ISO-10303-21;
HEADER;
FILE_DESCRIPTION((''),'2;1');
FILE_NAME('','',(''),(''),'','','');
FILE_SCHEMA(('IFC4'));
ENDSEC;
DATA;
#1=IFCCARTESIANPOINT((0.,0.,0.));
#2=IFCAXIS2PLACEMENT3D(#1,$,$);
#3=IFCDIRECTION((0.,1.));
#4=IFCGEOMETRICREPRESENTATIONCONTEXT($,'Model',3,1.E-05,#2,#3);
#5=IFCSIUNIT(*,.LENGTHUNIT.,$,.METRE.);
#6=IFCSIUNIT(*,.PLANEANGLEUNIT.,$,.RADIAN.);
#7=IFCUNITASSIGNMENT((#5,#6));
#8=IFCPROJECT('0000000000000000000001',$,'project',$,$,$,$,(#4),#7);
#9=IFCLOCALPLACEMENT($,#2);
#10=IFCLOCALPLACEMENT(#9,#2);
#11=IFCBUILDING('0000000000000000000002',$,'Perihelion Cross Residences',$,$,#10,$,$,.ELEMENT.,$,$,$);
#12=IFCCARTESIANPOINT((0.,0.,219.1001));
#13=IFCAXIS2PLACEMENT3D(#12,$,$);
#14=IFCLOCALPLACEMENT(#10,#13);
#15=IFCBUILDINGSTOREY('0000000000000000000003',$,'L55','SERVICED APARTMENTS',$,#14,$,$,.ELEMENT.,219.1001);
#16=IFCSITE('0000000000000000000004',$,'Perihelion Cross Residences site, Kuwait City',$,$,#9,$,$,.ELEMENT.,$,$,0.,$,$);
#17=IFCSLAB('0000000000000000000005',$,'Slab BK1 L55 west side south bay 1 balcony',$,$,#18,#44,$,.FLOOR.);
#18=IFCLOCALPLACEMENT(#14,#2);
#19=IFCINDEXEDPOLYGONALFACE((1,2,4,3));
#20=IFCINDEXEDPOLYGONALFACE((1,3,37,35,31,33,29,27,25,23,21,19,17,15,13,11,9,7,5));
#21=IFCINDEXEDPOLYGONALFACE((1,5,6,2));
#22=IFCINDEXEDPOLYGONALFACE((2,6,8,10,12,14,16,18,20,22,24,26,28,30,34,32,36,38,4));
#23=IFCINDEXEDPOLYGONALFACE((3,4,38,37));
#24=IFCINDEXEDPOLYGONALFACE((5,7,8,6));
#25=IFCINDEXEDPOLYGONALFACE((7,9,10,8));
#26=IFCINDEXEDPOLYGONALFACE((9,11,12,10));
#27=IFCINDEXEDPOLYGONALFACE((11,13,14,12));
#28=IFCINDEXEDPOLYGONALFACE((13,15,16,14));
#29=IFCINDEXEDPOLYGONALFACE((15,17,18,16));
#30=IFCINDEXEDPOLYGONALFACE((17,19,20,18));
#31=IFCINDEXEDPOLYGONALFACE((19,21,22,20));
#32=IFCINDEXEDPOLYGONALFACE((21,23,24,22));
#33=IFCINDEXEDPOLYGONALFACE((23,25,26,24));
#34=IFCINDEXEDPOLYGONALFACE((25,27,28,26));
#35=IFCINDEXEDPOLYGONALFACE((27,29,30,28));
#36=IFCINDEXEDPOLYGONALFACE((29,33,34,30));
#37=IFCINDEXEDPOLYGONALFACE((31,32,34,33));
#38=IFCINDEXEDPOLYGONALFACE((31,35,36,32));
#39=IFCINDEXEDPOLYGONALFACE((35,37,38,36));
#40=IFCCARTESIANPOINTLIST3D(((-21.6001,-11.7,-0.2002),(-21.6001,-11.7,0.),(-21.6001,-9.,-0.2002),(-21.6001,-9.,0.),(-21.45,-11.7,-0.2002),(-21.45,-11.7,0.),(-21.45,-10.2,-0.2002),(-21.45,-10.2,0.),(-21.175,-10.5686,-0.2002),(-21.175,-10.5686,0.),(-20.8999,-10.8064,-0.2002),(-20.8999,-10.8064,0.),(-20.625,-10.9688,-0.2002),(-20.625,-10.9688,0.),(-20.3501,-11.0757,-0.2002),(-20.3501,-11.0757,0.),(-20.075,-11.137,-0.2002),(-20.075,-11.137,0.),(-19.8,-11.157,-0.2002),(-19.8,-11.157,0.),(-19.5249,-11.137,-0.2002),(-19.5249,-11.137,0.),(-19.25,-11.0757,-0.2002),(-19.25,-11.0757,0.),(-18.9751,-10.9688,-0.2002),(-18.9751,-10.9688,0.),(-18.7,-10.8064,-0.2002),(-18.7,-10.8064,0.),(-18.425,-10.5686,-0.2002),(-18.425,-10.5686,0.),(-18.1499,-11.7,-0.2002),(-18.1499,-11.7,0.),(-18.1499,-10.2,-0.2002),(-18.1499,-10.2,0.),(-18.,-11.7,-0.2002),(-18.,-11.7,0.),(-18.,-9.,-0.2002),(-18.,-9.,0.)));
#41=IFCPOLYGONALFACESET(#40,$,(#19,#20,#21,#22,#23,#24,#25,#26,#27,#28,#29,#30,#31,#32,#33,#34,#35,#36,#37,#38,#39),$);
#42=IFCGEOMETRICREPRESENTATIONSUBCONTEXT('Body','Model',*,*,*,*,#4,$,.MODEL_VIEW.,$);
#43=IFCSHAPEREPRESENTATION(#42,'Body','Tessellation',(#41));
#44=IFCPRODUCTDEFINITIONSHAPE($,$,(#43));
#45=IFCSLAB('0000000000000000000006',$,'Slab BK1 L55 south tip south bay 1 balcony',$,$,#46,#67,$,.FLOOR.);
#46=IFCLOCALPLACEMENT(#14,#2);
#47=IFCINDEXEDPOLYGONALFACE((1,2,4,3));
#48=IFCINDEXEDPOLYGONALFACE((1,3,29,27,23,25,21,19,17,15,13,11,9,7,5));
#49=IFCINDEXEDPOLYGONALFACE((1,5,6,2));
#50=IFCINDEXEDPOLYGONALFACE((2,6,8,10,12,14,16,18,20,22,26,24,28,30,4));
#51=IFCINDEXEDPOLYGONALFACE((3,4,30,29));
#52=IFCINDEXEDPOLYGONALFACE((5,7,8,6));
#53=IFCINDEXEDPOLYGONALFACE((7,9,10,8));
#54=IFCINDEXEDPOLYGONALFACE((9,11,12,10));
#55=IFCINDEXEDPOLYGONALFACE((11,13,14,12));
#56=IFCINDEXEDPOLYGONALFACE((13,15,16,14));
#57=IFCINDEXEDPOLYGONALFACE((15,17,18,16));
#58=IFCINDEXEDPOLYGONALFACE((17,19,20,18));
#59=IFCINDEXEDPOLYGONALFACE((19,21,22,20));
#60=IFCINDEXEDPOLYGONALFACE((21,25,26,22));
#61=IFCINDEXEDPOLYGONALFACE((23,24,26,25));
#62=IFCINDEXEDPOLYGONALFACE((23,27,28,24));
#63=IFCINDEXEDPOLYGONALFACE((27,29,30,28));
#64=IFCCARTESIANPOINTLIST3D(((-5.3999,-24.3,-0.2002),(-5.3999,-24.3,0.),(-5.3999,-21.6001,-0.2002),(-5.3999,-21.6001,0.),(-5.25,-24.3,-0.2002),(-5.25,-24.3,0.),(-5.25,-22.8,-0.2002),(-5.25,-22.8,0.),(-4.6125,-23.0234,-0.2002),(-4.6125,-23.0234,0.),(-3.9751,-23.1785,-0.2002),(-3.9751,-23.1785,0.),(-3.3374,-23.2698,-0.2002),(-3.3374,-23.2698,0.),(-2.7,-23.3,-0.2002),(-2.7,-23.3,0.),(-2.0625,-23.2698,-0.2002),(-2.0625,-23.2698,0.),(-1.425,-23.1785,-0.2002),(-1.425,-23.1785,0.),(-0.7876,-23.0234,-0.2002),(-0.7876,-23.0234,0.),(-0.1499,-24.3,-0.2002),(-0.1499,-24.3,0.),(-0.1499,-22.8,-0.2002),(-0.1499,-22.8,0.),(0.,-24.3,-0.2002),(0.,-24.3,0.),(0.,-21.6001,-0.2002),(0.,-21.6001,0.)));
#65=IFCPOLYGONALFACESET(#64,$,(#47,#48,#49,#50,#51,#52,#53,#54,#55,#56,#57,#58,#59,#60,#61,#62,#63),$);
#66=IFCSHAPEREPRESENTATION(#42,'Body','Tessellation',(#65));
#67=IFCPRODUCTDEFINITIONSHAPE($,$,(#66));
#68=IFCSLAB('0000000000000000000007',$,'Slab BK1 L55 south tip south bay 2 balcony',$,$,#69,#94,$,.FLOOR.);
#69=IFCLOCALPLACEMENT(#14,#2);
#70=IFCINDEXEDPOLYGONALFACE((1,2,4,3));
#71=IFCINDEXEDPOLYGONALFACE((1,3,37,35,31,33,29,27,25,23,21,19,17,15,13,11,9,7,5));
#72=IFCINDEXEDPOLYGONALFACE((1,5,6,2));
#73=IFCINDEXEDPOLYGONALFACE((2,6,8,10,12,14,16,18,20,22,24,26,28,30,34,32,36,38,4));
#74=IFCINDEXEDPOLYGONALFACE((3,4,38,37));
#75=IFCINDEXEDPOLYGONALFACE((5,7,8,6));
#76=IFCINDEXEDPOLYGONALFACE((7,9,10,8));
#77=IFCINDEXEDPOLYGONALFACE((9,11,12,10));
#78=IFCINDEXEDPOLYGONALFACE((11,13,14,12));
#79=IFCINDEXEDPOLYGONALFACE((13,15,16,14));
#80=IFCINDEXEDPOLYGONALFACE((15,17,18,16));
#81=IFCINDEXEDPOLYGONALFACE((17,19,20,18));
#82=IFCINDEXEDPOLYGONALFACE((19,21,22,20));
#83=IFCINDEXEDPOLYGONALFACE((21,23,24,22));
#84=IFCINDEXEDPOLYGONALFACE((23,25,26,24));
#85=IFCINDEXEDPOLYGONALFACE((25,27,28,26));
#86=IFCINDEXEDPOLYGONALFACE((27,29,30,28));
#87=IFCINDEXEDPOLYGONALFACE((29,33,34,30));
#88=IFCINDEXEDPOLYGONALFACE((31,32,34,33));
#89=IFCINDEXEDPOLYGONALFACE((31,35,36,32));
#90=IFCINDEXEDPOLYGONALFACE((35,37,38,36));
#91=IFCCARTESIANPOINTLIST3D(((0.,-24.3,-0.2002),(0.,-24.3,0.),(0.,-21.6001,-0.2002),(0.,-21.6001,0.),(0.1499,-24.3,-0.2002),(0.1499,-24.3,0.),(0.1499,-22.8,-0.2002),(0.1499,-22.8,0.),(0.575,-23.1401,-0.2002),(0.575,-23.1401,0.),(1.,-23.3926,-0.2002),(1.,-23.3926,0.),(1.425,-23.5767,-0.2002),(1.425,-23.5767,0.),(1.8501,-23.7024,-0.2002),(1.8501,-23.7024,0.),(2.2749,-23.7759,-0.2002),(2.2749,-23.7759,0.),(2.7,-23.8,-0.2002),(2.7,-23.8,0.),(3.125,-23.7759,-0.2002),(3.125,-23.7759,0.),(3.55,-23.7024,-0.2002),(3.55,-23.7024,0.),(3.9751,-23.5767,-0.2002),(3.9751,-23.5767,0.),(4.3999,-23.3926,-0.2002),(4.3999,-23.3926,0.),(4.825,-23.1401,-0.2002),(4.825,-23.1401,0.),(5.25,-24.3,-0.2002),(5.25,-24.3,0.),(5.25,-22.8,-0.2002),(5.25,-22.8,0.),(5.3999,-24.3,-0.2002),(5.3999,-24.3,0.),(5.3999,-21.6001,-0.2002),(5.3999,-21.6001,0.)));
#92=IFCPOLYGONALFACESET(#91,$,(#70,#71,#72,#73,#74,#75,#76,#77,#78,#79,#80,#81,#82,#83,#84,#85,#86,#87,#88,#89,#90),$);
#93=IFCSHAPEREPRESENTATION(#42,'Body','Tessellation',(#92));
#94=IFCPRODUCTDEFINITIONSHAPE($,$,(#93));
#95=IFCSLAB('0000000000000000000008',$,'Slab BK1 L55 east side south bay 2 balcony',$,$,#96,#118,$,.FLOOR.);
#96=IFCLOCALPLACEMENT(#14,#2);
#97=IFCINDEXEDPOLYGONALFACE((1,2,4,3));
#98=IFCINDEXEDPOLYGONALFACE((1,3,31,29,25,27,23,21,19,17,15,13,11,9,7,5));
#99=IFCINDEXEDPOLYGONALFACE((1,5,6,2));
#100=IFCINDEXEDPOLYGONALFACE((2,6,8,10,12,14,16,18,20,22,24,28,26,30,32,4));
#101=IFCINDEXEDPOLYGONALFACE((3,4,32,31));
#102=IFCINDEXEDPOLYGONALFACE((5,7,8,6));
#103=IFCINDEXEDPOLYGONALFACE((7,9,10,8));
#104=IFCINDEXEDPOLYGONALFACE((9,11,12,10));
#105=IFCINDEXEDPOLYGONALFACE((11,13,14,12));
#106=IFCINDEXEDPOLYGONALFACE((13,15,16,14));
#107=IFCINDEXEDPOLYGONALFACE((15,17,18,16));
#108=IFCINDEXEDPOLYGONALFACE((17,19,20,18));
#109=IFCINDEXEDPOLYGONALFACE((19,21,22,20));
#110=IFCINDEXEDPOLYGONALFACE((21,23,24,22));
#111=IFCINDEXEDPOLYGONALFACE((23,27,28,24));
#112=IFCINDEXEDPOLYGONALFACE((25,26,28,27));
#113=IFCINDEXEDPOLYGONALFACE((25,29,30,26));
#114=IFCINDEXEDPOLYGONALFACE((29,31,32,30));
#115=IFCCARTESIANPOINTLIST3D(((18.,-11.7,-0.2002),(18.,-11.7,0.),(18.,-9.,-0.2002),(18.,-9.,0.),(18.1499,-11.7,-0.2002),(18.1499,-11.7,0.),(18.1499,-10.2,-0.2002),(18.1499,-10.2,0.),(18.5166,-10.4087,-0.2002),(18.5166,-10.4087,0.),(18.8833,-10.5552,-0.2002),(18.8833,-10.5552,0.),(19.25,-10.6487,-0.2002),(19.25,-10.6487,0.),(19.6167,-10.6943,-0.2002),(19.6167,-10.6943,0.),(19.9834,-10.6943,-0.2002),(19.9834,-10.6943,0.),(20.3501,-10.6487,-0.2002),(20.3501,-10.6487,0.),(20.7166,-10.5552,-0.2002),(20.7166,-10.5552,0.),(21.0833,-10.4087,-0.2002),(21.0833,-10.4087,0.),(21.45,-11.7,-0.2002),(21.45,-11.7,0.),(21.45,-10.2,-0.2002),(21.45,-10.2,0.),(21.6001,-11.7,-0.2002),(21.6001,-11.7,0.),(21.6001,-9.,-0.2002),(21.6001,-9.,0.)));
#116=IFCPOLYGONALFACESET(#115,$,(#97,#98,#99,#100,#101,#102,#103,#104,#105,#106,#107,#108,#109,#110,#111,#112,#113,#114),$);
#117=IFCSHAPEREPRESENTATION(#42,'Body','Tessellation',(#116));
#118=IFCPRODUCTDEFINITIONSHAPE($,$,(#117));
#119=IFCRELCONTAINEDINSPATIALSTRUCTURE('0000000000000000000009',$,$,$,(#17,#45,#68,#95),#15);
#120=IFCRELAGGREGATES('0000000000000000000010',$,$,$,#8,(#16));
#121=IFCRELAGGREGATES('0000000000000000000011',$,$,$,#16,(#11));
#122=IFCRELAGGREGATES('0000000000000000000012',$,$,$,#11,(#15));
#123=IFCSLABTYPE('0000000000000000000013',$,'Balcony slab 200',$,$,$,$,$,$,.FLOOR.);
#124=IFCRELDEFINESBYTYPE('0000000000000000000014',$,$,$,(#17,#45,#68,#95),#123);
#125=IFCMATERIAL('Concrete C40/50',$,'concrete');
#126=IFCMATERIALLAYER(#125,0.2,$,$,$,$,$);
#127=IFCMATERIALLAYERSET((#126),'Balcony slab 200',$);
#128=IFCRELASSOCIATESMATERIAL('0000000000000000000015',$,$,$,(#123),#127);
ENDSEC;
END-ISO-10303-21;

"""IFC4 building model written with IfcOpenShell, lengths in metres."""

from ifc_helpers import new_model, si_unit, direction, frame, origin, place, context, subcontext, project, spatial, polyline, outline, extrude, material, layer, layer_set, type_object, element, save


model = new_model("IFC4")

# Units and contexts
model_context = context("Model", 3, precision=1e-05, world=origin(), true_north=direction((0.0, 1.0)))
body_context = subcontext(model_context, "Body", "Model", "MODEL_VIEW")
ifc_project = project(units=[si_unit("LENGTHUNIT", "METRE"), si_unit("PLANEANGLEUNIT", "RADIAN")], contexts=[model_context])

# Site, building, storey
site_placement = place(None, origin())
site = spatial("IfcSite", under=ifc_project, at=site_placement, Name="Perihelion Cross Residences site, Kuwait City", CompositionType="ELEMENT", RefElevation=0.0)
building_placement = place(site_placement, origin())
building = spatial("IfcBuilding", under=site, at=building_placement, Name="Perihelion Cross Residences", CompositionType="ELEMENT")
storey_placement = place(building_placement, frame((0.0, 0.0, 219.1001)))
storey = spatial("IfcBuildingStorey", under=building, at=storey_placement, Name="L55", Description="SERVICED APARTMENTS", CompositionType="ELEMENT", Elevation=219.1001)

# Slabs
ifc_material_1 = material(Name="Concrete C40/50", Category="concrete")
ifc_layer_1 = layer(ifc_material_1, 0.2)
ifc_layer_set_1 = layer_set([ifc_layer_1], Name="Balcony slab 200")
slab_type_1 = type_object("IfcSlabType", Name="Balcony slab 200", PredefinedType="FLOOR", material=ifc_layer_set_1)
slab_1_placement = place(storey_placement, frame((0.0, 0.0, -0.2002)))
element("IfcSlab", 1, at=slab_1_placement, inside=storey, type_object=slab_type_1, Name="Slab BK1 L55 west side south bay 1 balcony", PredefinedType="FLOOR", context=body_context, shape_type="SweptSolid", body=[
    extrude(outline(polyline([(-21.6001, -9.0), (-18.0, -9.0), (-18.0, -11.7), (-18.1499, -11.7), (-18.1499, -10.2), (-18.425, -10.5686), (-18.7, -10.8064), (-18.9751, -10.9688), (-19.25, -11.0757), (-19.5249, -11.137), (-19.8, -11.157), (-20.075, -11.137), (-20.3501, -11.0757), (-20.625, -10.9688), (-20.8999, -10.8064), (-21.175, -10.5686), (-21.45, -10.2), (-21.45, -11.7), (-21.6001, -11.7), (-21.6001, -9.0)])), origin(), (0.0, 0.0, 1.0), 0.2002),
])
slab_2_placement = place(storey_placement, frame((0.0, 0.0, -0.2002)))
element("IfcSlab", 2, at=slab_2_placement, inside=storey, type_object=slab_type_1, Name="Slab BK1 L55 south tip south bay 1 balcony", PredefinedType="FLOOR", context=body_context, shape_type="SweptSolid", body=[
    extrude(outline(polyline([(-5.3999, -21.6001), (0.0, -21.6001), (0.0, -24.3), (-0.1499, -24.3), (-0.1499, -22.8), (-0.7876, -23.0234), (-1.425, -23.1785), (-2.0625, -23.2698), (-2.7, -23.3), (-3.3374, -23.2698), (-3.9751, -23.1785), (-4.6125, -23.0234), (-5.25, -22.8), (-5.25, -24.3), (-5.3999, -24.3), (-5.3999, -21.6001)])), origin(), (0.0, 0.0, 1.0), 0.2002),
])
slab_3_placement = place(storey_placement, frame((0.0, 0.0, -0.2002)))
element("IfcSlab", 3, at=slab_3_placement, inside=storey, type_object=slab_type_1, Name="Slab BK1 L55 south tip south bay 2 balcony", PredefinedType="FLOOR", context=body_context, shape_type="SweptSolid", body=[
    extrude(outline(polyline([(0.0, -21.6001), (5.3999, -21.6001), (5.3999, -24.3), (5.25, -24.3), (5.25, -22.8), (4.825, -23.1401), (4.3999, -23.3926), (3.9751, -23.5767), (3.55, -23.7024), (3.125, -23.7759), (2.7, -23.8), (2.2749, -23.7759), (1.8501, -23.7024), (1.425, -23.5767), (1.0, -23.3926), (0.575, -23.1401), (0.1499, -22.8), (0.1499, -24.3), (0.0, -24.3), (0.0, -21.6001)])), origin(), (0.0, 0.0, 1.0), 0.2002),
])
slab_4_placement = place(storey_placement, frame((0.0, 0.0, -0.2002)))
element("IfcSlab", 4, at=slab_4_placement, inside=storey, type_object=slab_type_1, Name="Slab BK1 L55 east side south bay 2 balcony", PredefinedType="FLOOR", context=body_context, shape_type="SweptSolid", body=[
    extrude(outline(polyline([(18.0, -9.0), (21.6001, -9.0), (21.6001, -11.7), (21.45, -11.7), (21.45, -10.2), (21.0833, -10.4087), (20.7166, -10.5552), (20.3501, -10.6487), (19.9834, -10.6943), (19.6167, -10.6943), (19.25, -10.6487), (18.8833, -10.5552), (18.5166, -10.4087), (18.1499, -10.2), (18.1499, -11.7), (18.0, -11.7), (18.0, -9.0)])), origin(), (0.0, 0.0, 1.0), 0.2002),
])

save(model, "model.ifc")
